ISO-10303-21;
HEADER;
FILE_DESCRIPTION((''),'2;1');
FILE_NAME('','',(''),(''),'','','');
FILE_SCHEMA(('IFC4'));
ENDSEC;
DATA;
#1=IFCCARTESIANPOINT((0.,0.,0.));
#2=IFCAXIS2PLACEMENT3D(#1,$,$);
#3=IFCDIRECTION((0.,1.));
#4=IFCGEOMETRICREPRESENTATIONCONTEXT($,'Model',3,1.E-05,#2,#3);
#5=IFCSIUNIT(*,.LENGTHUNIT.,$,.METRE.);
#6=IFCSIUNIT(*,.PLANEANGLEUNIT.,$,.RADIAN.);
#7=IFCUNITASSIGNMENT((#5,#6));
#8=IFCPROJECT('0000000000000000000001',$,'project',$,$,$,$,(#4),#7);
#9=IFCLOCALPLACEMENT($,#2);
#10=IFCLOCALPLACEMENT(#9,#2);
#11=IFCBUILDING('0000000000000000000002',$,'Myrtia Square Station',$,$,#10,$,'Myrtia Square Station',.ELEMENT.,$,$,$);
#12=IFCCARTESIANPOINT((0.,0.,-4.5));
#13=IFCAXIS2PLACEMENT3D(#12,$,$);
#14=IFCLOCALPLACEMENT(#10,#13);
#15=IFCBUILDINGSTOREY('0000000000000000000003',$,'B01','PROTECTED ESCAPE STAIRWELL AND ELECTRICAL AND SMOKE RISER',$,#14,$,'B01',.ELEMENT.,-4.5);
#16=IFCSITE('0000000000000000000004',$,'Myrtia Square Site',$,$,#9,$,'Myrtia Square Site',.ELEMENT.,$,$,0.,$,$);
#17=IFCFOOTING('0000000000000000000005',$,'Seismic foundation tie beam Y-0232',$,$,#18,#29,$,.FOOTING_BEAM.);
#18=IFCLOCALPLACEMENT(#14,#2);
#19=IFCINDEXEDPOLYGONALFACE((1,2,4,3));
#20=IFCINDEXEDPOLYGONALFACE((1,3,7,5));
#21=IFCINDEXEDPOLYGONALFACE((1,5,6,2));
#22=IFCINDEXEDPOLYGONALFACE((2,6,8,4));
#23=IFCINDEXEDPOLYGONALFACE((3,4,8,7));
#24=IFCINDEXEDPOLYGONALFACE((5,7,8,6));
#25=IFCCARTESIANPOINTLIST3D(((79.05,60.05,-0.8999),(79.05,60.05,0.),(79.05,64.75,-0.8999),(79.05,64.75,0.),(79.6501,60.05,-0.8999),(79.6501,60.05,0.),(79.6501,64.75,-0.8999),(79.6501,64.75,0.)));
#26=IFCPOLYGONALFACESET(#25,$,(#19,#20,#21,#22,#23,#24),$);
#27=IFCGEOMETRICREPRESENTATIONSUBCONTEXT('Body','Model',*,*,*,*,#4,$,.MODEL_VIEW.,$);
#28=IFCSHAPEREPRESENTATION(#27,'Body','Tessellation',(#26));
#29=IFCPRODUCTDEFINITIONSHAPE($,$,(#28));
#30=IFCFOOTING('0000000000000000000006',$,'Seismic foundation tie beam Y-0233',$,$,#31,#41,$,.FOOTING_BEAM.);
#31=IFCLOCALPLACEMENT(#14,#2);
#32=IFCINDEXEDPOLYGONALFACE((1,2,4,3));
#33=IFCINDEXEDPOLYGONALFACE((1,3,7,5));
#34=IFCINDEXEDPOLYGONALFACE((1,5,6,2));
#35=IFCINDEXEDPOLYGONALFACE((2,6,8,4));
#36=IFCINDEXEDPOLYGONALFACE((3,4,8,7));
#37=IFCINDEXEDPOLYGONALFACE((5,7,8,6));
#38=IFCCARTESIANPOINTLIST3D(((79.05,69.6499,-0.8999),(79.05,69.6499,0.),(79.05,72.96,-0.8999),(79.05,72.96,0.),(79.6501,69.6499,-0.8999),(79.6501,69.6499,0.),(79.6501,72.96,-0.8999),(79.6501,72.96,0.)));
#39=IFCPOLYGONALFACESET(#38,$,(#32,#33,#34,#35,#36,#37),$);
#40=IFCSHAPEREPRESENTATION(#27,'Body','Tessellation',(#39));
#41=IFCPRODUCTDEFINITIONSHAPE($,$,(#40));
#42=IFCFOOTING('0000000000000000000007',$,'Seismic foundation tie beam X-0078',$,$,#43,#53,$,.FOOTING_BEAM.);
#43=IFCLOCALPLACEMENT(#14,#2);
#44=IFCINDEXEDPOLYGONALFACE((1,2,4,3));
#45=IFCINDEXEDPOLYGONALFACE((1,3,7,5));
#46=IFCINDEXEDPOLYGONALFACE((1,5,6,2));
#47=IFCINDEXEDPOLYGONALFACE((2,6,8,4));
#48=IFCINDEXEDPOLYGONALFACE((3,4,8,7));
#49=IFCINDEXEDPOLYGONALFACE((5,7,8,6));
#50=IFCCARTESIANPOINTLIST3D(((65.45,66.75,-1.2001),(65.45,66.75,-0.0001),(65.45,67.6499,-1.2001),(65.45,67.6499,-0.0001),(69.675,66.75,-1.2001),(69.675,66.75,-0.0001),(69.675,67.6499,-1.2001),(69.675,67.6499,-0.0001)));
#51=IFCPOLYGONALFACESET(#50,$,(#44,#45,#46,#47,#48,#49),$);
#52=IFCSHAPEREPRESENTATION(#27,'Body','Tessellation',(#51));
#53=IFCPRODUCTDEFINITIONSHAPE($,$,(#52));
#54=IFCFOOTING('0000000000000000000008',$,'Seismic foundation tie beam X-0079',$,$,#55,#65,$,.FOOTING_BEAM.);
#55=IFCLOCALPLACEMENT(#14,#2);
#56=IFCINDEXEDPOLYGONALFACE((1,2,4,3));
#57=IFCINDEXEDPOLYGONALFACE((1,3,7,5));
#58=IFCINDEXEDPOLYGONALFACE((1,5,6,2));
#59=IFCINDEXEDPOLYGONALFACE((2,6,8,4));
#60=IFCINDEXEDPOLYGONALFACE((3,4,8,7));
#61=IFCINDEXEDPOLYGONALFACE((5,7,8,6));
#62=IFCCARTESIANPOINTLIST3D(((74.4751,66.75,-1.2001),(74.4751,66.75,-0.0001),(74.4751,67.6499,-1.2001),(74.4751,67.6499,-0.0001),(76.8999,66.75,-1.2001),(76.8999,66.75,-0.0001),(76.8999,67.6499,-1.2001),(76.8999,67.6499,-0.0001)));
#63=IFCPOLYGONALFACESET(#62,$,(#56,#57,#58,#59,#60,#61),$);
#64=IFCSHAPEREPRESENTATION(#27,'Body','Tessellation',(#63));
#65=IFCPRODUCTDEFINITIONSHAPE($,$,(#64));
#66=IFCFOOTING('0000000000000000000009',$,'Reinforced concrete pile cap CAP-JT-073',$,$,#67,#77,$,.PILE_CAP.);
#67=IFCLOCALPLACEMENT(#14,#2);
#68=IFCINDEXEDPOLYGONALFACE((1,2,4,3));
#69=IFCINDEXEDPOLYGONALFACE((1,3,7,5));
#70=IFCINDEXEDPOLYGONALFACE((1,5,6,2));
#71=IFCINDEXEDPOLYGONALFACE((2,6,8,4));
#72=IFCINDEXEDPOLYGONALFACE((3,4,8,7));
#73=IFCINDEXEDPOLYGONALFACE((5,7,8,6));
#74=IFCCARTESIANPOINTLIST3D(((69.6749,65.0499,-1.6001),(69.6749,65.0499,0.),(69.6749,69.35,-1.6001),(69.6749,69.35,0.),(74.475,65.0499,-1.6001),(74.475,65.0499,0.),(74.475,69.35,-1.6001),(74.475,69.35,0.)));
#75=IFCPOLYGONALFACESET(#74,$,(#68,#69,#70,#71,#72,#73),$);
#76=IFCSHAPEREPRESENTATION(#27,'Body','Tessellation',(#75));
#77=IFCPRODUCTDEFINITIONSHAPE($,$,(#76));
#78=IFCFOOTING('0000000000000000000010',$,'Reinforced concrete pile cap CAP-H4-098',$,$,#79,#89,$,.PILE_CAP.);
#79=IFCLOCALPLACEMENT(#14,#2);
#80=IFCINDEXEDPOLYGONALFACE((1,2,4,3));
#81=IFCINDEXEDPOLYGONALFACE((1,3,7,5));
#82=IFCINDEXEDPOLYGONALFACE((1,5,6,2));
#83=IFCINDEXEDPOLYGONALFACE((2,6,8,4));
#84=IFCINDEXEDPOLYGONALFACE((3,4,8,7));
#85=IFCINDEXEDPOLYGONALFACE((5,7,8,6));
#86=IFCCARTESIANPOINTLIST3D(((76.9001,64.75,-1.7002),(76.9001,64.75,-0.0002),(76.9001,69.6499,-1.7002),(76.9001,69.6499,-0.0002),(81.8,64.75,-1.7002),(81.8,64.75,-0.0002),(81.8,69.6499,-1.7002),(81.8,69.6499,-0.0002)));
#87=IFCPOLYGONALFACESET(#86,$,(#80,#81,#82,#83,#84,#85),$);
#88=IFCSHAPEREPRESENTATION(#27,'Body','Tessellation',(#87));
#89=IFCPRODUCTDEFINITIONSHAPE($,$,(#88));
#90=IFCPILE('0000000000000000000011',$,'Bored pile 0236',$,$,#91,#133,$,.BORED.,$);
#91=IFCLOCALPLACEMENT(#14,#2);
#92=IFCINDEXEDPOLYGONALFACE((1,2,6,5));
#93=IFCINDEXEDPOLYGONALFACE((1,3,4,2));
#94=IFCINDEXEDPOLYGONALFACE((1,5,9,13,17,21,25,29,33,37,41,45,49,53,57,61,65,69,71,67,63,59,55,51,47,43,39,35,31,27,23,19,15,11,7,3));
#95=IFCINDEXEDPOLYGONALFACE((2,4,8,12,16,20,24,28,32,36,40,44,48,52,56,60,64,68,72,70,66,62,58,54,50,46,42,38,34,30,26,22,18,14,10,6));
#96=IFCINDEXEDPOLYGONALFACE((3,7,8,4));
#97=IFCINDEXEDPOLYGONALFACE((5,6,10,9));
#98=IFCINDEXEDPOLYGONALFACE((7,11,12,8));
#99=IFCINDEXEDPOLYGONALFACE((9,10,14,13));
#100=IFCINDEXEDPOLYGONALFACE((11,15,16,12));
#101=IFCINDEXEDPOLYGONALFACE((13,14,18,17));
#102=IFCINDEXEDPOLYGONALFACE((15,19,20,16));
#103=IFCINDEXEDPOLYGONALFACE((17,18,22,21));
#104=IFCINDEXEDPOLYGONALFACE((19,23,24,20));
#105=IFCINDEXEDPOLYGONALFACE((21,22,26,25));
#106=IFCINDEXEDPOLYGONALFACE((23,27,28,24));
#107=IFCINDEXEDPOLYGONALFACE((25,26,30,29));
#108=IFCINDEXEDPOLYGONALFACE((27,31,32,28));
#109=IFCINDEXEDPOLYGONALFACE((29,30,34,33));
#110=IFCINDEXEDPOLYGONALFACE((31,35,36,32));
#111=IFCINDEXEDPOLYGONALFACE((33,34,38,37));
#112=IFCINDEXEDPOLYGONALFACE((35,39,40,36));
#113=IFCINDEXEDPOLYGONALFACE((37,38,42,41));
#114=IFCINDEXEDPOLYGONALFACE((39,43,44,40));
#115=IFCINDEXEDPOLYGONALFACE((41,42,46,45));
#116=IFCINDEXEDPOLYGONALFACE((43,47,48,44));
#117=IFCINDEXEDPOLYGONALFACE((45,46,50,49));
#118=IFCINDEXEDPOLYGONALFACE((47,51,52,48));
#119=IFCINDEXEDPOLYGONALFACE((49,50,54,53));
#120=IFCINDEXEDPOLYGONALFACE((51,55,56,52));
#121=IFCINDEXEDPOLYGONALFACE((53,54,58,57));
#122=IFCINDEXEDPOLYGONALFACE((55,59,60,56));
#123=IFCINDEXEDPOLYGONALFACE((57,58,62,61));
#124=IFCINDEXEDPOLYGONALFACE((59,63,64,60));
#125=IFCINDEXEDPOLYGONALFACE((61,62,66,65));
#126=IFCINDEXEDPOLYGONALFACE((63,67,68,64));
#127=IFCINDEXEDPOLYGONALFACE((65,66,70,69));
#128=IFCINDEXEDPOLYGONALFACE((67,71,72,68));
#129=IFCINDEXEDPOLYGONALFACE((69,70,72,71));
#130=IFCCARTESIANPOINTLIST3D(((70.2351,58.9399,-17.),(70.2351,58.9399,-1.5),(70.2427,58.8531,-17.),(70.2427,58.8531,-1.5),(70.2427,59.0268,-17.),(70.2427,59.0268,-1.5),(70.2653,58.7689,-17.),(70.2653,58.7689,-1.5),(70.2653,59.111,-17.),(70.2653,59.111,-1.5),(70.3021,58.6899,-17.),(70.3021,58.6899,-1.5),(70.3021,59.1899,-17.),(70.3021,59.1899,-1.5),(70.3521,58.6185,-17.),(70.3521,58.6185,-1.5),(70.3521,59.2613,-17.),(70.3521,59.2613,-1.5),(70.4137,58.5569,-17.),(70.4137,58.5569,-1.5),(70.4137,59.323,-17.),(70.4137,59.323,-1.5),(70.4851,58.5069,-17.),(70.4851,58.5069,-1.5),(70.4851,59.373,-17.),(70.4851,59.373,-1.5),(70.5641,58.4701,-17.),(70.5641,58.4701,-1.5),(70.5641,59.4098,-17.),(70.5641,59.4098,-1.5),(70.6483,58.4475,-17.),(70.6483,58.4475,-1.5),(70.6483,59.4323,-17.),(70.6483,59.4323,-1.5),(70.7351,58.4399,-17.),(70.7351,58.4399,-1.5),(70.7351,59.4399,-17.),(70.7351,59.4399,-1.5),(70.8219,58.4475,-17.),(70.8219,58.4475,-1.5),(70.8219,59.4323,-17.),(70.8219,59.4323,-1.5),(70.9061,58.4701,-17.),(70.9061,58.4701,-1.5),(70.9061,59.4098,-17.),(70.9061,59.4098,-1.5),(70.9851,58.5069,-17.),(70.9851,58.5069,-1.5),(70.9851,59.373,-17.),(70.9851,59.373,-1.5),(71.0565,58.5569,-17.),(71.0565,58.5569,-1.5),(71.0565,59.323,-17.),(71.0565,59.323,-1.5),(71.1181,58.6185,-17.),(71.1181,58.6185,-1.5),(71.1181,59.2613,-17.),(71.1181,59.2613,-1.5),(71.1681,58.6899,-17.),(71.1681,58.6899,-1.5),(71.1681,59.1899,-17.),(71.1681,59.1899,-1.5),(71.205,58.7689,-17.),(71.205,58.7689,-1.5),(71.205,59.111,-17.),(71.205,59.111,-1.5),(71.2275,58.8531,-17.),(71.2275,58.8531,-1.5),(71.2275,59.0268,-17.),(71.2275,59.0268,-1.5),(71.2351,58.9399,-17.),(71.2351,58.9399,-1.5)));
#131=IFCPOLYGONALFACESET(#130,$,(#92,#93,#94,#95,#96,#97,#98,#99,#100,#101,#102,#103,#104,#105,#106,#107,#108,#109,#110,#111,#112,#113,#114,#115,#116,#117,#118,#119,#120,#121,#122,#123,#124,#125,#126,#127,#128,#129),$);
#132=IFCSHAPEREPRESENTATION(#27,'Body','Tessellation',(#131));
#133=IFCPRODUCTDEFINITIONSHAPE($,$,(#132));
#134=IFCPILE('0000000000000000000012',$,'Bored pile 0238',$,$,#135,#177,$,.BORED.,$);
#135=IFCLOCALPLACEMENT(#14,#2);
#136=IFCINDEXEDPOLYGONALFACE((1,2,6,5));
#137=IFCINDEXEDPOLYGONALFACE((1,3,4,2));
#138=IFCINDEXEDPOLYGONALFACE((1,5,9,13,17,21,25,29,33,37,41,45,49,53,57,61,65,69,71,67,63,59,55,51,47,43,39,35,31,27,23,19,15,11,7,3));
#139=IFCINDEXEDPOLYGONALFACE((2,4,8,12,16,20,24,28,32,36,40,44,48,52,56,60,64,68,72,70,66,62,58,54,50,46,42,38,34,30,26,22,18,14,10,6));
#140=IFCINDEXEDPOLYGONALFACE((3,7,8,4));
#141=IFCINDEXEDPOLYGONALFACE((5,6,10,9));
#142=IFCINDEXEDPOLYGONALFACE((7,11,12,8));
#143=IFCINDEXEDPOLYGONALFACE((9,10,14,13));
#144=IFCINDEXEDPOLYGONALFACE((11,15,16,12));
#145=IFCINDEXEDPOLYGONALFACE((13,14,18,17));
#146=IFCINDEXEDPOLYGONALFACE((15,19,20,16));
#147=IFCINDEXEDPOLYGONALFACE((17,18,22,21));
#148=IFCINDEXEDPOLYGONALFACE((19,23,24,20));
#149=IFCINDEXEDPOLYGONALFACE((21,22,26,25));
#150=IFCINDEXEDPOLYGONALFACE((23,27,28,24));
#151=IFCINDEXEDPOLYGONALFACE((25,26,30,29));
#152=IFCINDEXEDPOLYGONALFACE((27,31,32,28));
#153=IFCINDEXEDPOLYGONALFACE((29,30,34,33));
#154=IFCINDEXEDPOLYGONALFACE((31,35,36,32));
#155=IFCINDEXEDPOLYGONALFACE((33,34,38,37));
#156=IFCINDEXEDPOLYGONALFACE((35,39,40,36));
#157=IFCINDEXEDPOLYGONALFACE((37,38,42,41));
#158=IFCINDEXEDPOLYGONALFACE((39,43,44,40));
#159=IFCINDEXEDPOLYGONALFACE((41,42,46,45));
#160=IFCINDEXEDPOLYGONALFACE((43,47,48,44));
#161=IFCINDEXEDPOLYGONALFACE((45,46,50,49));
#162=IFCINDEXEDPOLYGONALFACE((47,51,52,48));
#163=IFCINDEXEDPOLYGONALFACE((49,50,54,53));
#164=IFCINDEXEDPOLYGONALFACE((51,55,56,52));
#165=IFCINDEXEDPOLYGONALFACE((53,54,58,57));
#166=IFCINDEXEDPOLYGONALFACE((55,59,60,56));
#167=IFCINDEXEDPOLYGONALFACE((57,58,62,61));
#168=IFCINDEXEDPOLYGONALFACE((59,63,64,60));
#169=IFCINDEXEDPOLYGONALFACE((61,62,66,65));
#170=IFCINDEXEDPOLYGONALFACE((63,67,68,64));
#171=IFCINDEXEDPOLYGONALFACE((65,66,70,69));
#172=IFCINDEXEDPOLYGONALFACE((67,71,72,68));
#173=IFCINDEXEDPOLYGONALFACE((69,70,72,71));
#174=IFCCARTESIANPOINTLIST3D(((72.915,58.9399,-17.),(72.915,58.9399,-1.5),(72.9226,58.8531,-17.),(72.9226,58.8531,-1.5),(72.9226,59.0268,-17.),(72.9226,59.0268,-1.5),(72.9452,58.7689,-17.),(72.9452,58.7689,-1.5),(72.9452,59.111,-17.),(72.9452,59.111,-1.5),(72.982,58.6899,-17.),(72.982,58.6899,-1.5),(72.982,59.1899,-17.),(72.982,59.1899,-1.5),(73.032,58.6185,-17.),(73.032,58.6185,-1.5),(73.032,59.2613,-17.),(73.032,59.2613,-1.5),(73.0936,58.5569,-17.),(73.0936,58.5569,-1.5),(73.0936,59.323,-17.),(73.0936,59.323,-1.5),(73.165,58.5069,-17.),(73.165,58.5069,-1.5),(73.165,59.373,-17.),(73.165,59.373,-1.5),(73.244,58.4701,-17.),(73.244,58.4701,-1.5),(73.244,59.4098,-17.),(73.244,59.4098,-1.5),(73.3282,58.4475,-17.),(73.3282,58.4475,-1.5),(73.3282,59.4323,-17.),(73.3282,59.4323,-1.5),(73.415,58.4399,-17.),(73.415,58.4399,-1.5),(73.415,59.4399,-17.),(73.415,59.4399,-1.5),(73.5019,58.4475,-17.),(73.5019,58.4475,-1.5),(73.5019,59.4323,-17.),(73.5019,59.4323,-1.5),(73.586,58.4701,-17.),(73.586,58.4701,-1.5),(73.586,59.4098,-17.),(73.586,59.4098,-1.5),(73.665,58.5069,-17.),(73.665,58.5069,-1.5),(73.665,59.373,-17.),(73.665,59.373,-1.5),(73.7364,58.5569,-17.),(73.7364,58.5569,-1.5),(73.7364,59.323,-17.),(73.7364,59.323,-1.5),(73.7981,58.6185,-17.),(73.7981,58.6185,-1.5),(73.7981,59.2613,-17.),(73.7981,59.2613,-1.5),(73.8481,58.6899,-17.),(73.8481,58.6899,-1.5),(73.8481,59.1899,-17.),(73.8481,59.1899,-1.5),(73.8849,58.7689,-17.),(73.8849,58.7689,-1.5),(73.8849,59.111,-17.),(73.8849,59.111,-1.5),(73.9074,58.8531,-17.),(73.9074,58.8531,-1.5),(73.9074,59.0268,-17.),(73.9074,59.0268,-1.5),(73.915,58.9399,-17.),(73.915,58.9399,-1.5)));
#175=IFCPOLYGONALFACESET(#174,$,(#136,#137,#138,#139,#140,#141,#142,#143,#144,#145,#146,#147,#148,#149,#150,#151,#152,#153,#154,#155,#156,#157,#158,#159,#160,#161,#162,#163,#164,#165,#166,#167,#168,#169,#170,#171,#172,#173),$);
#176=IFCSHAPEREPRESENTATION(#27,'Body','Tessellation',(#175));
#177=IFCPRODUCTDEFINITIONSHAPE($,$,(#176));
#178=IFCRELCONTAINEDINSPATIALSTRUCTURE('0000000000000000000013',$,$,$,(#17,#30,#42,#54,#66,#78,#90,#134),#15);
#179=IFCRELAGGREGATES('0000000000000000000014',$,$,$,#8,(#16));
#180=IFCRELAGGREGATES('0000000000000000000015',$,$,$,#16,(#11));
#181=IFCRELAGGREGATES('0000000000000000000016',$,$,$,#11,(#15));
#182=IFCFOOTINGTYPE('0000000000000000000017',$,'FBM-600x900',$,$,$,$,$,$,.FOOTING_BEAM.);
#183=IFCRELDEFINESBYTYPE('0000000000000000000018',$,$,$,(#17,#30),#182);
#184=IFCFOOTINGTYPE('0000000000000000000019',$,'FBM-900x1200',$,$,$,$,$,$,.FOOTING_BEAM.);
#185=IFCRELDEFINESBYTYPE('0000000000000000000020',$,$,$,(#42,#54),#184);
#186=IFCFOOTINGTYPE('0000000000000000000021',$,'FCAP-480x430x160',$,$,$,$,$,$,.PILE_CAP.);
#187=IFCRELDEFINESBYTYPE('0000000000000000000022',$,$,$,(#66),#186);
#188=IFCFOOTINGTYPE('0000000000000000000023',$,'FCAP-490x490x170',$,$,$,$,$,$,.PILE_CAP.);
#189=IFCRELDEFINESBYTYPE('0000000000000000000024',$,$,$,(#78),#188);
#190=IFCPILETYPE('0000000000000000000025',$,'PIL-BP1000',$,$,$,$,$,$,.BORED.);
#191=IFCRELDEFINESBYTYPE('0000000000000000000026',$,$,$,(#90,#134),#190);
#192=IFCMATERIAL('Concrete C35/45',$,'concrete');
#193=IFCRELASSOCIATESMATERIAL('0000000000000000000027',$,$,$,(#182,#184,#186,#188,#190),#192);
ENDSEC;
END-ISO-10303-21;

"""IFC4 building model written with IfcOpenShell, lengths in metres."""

from ifc_helpers import new_model, si_unit, direction, frame, origin, origin_2d, place, context, subcontext, project, spatial, rectangle, circle, extrude, material, material_profile, profile_set, type_object, element, save


model = new_model("IFC4")

# Units and contexts
model_context = context("Model", 3, precision=1e-05, world=origin(), true_north=direction((0.0, 1.0)))
body_context = subcontext(model_context, "Body", "Model", "MODEL_VIEW")
ifc_project = project(units=[si_unit("LENGTHUNIT", "METRE"), si_unit("PLANEANGLEUNIT", "RADIAN")], contexts=[model_context])

# Site, building, storey
site_placement = place(None, origin())
site = spatial("IfcSite", under=ifc_project, at=site_placement, Name="Myrtia Square Site", LongName="Myrtia Square Site", CompositionType="ELEMENT", RefElevation=0.0)
building_placement = place(site_placement, origin())
building = spatial("IfcBuilding", under=site, at=building_placement, Name="Myrtia Square Station", LongName="Myrtia Square Station", CompositionType="ELEMENT")
storey_placement = place(building_placement, frame((0.0, 0.0, -4.5)))
storey = spatial("IfcBuildingStorey", under=building, at=storey_placement, Name="B01", Description="PROTECTED ESCAPE STAIRWELL AND ELECTRICAL AND SMOKE RISER", LongName="B01", CompositionType="ELEMENT", Elevation=-4.5)

# Footings
ifc_material_1 = material(Name="Concrete C35/45", Category="concrete")
ifc_material_profile_1 = material_profile(ifc_material_1, rectangle(XDim=0.6001, YDim=0.8999, at=origin_2d()), Name="FB 600x900")
ifc_profile_set_1 = profile_set([ifc_material_profile_1], Name="Concrete C35/45")
footing_type_1 = type_object("IfcFootingType", Name="FBM-600x900", PredefinedType="FOOTING_BEAM", material=ifc_profile_set_1)
footing_1_placement = place(storey_placement, frame((79.3501, 60.05, -0.45), z_axis=(0.0, 1.0, 0.0), x_axis=(-1.0, 0.0, 0.0)))
element("IfcFooting", 1, at=footing_1_placement, inside=storey, type_object=footing_type_1, Name="Seismic foundation tie beam Y-0232", PredefinedType="FOOTING_BEAM", context=body_context, shape_type="SweptSolid", body=[
    extrude(rectangle(XDim=0.6001, YDim=0.8999, at=origin_2d()), origin(), (0.0, 0.0, 1.0), 4.7),
])
footing_2_placement = place(storey_placement, frame((79.3501, 69.6499, -0.45), z_axis=(0.0, 1.0, 0.0), x_axis=(-1.0, 0.0, 0.0)))
element("IfcFooting", 2, at=footing_2_placement, inside=storey, type_object=footing_type_1, Name="Seismic foundation tie beam Y-0233", PredefinedType="FOOTING_BEAM", context=body_context, shape_type="SweptSolid", body=[
    extrude(rectangle(XDim=0.6001, YDim=0.8999, at=origin_2d()), origin(), (0.0, 0.0, 1.0), 3.3101),
])
ifc_material_profile_2 = material_profile(ifc_material_1, rectangle(XDim=0.8999, YDim=1.2, at=origin_2d()), Name="FB 900x1200")
ifc_profile_set_2 = profile_set([ifc_material_profile_2], Name="Concrete C35/45")
footing_type_2 = type_object("IfcFootingType", Name="FBM-900x1200", PredefinedType="FOOTING_BEAM", material=ifc_profile_set_2)
footing_3_placement = place(storey_placement, frame((65.45, 67.2, -0.6001), z_axis=(1.0, 0.0, 0.0), x_axis=(0.0, 1.0, 0.0)))
element("IfcFooting", 3, at=footing_3_placement, inside=storey, type_object=footing_type_2, Name="Seismic foundation tie beam X-0078", PredefinedType="FOOTING_BEAM", context=body_context, shape_type="SweptSolid", body=[
    extrude(rectangle(XDim=0.8999, YDim=1.2, at=origin_2d()), origin(), (0.0, 0.0, 1.0), 4.2251),
])
footing_4_placement = place(storey_placement, frame((74.4751, 67.2, -0.6001), z_axis=(1.0, 0.0, 0.0), x_axis=(0.0, 1.0, 0.0)))
element("IfcFooting", 4, at=footing_4_placement, inside=storey, type_object=footing_type_2, Name="Seismic foundation tie beam X-0079", PredefinedType="FOOTING_BEAM", context=body_context, shape_type="SweptSolid", body=[
    extrude(rectangle(XDim=0.8999, YDim=1.2, at=origin_2d()), origin(), (0.0, 0.0, 1.0), 2.4248),
])
footing_type_3 = type_object("IfcFootingType", Name="FCAP-480x430x160", PredefinedType="PILE_CAP", material=ifc_material_1)
footing_5_placement = place(storey_placement, frame((72.075, 67.2, -1.6001), z_axis=(0.0, 0.0, 1.0), x_axis=(1.0, 0.0, 0.0)))
element("IfcFooting", 5, at=footing_5_placement, inside=storey, type_object=footing_type_3, Name="Reinforced concrete pile cap CAP-JT-073", PredefinedType="PILE_CAP", context=body_context, shape_type="SweptSolid", body=[
    extrude(rectangle(XDim=4.8, YDim=4.3, at=origin_2d()), origin(), (0.0, 0.0, 1.0), 1.6001),
])
footing_type_4 = type_object("IfcFootingType", Name="FCAP-490x490x170", PredefinedType="PILE_CAP", material=ifc_material_1)
footing_6_placement = place(storey_placement, frame((79.3501, 67.2, -1.7002), z_axis=(0.0, 0.0, 1.0), x_axis=(1.0, 0.0, 0.0)))
element("IfcFooting", 6, at=footing_6_placement, inside=storey, type_object=footing_type_4, Name="Reinforced concrete pile cap CAP-H4-098", PredefinedType="PILE_CAP", context=body_context, shape_type="SweptSolid", body=[
    extrude(rectangle(XDim=4.8999, YDim=4.8999, at=origin_2d()), origin(), (0.0, 0.0, 1.0), 1.7),
])

# Piles
ifc_material_profile_3 = material_profile(ifc_material_1, circle(Radius=0.5, at=origin_2d()), Name="BP D1000")
ifc_profile_set_3 = profile_set([ifc_material_profile_3], Name="Concrete C35/45")
pile_type_1 = type_object("IfcPileType", Name="PIL-BP1000", PredefinedType="BORED", material=ifc_profile_set_3)
for number, where, z_axis, x_axis, name in (
    (7, (70.7351, 58.9399, -1.5), (0.0, 0.0, -1.0), (1.0, 0.0, 0.0), "Bored pile 0236"),
    (8, (73.415, 58.9399, -1.5), (0.0, 0.0, -1.0), (1.0, 0.0, 0.0), "Bored pile 0238"),
):
    element("IfcPile", number, at=place(storey_placement, frame(where, z_axis=z_axis, x_axis=x_axis)), inside=storey, type_object=pile_type_1, Name=name, PredefinedType="BORED", context=body_context, shape_type="SweptSolid", body=[
        extrude(circle(Radius=0.5, at=origin_2d()), origin(), (0.0, 0.0, 1.0), 15.5),
    ])

save(model, "model.ifc")
